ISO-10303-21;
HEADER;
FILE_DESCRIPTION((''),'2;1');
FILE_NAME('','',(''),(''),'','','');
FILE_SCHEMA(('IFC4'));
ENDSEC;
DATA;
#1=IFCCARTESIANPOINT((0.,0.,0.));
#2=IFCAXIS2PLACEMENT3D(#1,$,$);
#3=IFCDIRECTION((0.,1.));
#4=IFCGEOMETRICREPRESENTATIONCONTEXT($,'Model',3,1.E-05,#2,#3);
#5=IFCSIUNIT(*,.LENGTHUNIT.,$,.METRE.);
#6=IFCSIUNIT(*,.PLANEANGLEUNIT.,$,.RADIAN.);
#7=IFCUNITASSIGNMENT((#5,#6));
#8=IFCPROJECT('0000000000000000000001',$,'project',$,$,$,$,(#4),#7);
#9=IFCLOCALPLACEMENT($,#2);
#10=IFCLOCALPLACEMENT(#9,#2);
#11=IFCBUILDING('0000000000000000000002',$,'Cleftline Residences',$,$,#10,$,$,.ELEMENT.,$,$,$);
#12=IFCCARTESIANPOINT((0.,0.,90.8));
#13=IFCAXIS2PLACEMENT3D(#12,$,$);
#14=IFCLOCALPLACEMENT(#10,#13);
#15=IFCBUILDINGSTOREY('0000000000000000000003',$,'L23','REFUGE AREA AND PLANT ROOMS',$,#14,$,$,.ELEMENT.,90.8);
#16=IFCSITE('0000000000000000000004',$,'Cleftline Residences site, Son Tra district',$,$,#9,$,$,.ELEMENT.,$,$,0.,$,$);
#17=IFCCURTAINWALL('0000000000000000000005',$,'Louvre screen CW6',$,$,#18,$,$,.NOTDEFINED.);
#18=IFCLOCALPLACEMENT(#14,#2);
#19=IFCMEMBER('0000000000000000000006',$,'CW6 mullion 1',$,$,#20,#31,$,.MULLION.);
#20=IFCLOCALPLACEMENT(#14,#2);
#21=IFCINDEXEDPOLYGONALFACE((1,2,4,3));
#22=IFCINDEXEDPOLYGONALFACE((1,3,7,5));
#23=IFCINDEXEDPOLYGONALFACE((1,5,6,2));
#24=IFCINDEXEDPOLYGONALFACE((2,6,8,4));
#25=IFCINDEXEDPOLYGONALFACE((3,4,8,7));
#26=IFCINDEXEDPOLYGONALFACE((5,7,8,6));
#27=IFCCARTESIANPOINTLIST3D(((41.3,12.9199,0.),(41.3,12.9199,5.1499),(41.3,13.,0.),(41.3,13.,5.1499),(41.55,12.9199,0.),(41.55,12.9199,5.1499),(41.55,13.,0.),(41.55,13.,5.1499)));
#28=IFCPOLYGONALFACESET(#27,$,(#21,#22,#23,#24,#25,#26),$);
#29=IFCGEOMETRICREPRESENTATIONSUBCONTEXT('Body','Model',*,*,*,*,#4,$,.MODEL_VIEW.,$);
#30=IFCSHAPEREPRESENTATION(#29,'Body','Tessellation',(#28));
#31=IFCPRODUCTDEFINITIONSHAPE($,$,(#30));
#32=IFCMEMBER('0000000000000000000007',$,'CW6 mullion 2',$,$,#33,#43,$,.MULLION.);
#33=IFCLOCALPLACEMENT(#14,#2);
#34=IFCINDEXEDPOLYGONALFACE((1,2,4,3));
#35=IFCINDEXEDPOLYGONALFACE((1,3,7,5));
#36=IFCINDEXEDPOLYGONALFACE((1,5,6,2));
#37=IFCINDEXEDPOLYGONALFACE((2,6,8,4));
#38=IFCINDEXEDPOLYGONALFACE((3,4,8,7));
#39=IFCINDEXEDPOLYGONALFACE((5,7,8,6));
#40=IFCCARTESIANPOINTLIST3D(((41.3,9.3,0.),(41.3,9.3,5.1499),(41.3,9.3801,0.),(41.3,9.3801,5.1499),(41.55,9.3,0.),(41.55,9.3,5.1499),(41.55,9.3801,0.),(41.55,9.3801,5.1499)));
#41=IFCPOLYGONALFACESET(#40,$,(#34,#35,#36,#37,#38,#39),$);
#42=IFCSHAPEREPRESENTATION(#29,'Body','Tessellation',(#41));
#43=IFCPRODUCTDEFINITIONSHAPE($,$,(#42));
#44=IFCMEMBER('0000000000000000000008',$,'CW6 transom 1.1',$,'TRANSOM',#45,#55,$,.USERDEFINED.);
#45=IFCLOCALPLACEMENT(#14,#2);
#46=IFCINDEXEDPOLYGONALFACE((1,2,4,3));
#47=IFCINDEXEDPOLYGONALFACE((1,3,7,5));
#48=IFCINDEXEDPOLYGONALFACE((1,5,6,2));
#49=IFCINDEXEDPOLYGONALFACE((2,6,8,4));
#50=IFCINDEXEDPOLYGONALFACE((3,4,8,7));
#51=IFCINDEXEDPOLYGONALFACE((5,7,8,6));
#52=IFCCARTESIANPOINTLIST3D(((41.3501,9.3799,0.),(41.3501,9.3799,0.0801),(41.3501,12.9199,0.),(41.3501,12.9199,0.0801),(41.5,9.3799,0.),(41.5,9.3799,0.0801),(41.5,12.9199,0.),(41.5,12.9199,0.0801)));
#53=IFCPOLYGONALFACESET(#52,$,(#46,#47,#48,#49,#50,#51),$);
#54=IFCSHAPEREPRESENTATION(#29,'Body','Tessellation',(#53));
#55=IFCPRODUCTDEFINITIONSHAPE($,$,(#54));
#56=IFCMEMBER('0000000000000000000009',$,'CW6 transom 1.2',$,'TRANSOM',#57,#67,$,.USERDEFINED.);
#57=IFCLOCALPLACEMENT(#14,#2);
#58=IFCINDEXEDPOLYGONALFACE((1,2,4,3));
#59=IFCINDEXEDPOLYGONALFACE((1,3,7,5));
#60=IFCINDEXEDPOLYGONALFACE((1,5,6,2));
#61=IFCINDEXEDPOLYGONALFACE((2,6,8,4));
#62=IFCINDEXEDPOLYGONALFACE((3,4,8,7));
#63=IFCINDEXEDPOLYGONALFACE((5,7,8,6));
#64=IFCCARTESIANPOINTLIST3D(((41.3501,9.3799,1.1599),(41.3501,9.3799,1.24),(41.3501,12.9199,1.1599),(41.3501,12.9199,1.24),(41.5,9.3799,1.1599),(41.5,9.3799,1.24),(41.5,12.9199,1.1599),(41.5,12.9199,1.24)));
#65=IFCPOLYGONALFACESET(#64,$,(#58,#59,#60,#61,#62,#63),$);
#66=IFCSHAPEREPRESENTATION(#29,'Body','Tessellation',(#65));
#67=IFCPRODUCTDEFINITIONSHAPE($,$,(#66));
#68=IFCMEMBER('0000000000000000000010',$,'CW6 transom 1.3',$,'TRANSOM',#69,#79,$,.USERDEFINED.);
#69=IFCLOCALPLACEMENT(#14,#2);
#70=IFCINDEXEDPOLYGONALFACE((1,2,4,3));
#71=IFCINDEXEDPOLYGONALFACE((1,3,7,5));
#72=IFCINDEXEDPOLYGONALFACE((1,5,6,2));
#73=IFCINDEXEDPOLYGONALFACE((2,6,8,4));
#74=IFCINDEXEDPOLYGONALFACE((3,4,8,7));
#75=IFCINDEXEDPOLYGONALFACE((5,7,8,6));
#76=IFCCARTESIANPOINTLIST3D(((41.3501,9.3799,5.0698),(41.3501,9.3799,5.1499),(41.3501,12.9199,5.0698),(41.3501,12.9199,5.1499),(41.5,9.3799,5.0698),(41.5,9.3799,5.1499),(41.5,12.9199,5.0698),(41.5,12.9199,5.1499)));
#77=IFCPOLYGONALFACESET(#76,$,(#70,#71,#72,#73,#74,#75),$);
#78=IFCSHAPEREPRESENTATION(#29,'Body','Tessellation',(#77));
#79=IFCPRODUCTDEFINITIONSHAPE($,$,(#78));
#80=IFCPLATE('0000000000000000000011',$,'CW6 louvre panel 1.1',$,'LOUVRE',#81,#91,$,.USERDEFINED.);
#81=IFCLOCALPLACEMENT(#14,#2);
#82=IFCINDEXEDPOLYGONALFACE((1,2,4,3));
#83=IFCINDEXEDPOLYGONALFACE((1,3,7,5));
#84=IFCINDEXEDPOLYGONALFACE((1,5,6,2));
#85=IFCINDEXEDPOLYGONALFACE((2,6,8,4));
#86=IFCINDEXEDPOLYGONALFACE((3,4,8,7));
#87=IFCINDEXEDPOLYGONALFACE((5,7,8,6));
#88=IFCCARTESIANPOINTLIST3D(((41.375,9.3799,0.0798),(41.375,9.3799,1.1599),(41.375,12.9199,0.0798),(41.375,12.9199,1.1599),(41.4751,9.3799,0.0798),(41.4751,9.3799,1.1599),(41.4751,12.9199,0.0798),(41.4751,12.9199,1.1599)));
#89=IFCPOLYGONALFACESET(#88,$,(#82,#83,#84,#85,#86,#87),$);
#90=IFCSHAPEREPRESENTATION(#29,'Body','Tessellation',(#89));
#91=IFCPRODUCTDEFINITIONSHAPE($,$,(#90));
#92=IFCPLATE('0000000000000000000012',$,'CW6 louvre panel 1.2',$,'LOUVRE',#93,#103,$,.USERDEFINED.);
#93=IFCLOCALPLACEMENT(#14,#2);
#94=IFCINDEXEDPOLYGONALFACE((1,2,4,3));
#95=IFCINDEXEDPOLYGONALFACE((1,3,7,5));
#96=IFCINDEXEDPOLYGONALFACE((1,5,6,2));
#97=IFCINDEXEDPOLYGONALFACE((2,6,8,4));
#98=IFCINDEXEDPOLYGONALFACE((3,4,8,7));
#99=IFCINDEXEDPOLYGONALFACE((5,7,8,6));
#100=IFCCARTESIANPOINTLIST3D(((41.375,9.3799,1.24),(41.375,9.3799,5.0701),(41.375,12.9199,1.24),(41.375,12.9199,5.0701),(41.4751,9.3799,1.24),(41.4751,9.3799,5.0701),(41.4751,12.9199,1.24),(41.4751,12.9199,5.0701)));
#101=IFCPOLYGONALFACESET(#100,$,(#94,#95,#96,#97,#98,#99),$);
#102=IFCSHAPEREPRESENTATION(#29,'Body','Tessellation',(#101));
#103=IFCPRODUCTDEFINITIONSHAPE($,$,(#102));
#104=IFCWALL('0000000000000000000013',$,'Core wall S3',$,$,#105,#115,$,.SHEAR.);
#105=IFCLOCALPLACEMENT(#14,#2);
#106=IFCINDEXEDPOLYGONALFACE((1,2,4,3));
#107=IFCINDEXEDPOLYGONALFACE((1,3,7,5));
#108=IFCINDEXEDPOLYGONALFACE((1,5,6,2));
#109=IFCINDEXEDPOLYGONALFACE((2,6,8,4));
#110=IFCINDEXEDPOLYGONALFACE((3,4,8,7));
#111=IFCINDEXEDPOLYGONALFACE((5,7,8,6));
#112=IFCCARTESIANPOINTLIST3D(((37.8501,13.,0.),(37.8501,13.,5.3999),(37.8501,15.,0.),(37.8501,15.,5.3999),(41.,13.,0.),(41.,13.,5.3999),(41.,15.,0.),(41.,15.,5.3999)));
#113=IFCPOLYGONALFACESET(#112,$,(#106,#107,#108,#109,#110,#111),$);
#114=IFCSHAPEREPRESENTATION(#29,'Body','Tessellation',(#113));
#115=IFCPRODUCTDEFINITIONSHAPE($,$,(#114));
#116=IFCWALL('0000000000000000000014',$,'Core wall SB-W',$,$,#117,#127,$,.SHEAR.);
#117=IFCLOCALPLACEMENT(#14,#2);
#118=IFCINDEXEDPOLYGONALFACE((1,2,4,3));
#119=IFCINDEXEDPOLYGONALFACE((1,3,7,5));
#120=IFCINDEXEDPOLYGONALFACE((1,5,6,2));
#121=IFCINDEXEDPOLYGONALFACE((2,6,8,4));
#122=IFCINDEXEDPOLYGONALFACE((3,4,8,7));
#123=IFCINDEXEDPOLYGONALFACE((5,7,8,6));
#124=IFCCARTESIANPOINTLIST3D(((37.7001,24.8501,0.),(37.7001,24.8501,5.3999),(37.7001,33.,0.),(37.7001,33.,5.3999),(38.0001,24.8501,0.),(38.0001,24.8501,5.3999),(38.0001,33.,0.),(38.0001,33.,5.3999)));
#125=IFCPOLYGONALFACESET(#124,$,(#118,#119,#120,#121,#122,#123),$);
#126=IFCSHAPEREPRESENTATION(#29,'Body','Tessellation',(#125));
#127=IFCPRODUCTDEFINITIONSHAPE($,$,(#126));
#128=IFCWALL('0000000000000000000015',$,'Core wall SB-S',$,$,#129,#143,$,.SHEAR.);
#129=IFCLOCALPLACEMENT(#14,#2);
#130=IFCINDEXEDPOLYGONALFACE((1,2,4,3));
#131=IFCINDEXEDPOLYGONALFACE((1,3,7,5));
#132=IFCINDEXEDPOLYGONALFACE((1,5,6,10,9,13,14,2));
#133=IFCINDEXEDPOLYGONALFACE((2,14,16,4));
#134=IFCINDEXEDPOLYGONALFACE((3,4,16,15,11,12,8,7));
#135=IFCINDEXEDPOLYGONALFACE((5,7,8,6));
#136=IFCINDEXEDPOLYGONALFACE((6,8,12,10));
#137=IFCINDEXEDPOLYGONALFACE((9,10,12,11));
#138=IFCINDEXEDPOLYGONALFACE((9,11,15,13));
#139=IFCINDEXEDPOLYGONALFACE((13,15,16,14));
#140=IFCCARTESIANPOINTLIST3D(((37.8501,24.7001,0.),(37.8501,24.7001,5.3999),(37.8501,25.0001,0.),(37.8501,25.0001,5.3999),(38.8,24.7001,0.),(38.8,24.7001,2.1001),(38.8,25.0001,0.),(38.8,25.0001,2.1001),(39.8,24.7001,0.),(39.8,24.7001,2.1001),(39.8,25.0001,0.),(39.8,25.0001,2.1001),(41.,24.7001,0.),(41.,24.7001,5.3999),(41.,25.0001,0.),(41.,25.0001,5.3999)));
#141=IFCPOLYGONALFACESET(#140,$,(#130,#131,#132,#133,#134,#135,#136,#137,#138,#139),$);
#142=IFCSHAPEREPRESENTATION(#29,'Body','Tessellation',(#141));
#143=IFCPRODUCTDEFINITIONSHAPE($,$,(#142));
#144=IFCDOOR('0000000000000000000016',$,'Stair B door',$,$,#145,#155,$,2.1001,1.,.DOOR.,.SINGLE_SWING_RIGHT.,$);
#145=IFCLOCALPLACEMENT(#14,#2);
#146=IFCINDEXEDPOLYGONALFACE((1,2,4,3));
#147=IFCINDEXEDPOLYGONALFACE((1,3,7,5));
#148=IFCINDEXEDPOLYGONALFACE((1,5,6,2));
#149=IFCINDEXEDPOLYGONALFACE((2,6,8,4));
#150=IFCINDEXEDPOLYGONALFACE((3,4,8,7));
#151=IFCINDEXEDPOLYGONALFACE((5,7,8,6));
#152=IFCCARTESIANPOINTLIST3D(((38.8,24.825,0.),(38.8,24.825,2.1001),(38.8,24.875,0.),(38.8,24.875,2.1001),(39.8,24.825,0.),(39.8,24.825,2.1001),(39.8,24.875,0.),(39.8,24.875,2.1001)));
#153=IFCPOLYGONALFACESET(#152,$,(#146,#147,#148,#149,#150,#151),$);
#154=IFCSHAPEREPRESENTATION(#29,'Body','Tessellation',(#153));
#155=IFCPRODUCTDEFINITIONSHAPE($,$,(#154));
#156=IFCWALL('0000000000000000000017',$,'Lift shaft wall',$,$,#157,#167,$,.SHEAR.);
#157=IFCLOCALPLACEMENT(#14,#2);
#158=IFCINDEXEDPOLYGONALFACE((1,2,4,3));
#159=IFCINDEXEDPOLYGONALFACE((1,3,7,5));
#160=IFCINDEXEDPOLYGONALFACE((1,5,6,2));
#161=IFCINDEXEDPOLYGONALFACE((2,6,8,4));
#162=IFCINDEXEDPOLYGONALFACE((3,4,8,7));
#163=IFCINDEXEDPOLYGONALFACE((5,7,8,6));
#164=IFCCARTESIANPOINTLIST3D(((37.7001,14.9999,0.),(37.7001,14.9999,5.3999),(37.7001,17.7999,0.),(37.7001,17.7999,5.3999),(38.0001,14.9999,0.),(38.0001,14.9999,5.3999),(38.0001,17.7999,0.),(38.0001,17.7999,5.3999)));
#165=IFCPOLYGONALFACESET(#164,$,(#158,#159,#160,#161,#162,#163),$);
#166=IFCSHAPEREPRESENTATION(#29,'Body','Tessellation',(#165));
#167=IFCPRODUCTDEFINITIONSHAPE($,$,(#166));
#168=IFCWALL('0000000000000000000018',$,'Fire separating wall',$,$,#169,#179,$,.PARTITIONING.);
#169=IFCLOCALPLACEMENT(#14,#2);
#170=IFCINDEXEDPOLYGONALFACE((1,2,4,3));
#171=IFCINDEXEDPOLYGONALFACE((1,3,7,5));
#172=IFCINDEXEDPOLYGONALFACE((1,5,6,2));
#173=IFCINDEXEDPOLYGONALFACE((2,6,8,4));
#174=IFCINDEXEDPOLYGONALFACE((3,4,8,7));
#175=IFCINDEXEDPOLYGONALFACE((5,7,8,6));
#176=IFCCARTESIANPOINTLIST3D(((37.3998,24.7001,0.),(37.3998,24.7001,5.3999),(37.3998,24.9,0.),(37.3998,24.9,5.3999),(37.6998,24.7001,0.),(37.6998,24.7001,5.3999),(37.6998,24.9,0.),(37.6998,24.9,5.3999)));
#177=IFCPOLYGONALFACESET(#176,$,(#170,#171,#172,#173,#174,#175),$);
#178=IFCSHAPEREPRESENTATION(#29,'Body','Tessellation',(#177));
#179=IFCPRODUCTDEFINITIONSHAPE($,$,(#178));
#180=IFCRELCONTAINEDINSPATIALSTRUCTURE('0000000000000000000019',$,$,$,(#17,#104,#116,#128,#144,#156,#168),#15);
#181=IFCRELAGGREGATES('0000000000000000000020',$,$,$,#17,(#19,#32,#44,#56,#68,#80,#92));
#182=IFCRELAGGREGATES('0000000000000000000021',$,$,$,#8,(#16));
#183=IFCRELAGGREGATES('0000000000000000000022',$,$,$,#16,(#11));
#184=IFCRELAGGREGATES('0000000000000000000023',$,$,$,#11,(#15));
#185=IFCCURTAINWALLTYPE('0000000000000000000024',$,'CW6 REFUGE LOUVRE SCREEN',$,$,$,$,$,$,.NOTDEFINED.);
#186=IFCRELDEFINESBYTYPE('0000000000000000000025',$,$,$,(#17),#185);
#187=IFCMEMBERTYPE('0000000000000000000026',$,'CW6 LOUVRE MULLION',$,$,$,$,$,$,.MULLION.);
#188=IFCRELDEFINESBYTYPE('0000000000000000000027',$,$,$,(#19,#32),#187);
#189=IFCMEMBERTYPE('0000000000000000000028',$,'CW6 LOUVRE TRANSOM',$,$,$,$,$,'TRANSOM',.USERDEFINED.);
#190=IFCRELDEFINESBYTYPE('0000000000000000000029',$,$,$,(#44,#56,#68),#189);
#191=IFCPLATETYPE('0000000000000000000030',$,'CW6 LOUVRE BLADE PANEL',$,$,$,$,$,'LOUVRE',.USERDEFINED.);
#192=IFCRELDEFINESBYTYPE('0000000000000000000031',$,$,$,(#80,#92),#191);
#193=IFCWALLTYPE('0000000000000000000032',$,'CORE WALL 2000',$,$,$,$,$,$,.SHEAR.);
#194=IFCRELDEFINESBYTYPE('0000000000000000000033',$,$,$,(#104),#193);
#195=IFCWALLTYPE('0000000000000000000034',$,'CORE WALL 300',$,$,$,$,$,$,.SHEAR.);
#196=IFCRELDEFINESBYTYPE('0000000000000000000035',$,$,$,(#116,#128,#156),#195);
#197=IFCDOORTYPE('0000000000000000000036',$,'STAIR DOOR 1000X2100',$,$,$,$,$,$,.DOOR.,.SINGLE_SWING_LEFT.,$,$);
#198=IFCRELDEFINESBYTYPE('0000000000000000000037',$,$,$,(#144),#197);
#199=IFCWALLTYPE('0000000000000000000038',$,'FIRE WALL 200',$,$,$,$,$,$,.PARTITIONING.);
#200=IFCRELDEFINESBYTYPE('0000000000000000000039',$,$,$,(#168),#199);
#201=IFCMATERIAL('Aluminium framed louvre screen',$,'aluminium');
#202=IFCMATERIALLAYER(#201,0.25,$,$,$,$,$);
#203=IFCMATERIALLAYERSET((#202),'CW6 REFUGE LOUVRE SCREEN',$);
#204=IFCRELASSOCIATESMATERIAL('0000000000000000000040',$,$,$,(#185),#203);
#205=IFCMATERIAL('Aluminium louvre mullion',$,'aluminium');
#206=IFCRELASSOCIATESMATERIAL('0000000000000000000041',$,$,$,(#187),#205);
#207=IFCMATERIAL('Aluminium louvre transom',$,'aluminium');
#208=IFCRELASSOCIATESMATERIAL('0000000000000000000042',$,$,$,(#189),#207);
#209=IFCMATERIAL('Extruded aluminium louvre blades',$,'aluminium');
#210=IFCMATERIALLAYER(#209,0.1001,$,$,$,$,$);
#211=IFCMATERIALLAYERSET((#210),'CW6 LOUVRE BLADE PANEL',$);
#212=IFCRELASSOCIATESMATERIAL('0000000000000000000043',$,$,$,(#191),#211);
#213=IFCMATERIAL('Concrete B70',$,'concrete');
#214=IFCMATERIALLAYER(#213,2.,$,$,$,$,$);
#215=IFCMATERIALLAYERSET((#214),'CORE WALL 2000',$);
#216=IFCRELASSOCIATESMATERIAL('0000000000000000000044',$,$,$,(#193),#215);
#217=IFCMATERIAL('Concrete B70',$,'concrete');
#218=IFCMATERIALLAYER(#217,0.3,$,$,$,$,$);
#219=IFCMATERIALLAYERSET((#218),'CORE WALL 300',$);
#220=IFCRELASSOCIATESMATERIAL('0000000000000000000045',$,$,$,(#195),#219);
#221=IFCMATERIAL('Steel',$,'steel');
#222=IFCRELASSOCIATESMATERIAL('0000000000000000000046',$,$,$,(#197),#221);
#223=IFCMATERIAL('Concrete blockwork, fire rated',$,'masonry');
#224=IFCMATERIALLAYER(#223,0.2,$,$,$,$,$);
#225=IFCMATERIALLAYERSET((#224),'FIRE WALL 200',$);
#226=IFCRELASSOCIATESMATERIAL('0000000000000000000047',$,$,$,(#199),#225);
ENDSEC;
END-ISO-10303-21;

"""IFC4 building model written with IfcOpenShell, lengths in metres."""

from ifc_helpers import new_model, si_unit, direction, frame, frame_2d, origin, origin_2d, place, context, subcontext, project, spatial, rectangle, extrude, material, layer, layer_set, material_profile, profile_set, type_object, element, fill, aggregate, save


model = new_model("IFC4")

# Units and contexts
model_context = context("Model", 3, precision=1e-05, world=origin(), true_north=direction((0.0, 1.0)))
body_context = subcontext(model_context, "Body", "Model", "MODEL_VIEW")
ifc_project = project(units=[si_unit("LENGTHUNIT", "METRE"), si_unit("PLANEANGLEUNIT", "RADIAN")], contexts=[model_context])

# Site, building, storey
site_placement = place(None, origin())
site = spatial("IfcSite", under=ifc_project, at=site_placement, Name="Cleftline Residences site, Son Tra district", CompositionType="ELEMENT", RefElevation=0.0)
building_placement = place(site_placement, origin())
building = spatial("IfcBuilding", under=site, at=building_placement, Name="Cleftline Residences", CompositionType="ELEMENT")
storey_placement = place(building_placement, frame((0.0, 0.0, 90.8)))
storey = spatial("IfcBuildingStorey", under=building, at=storey_placement, Name="L23", Description="REFUGE AREA AND PLANT ROOMS", CompositionType="ELEMENT", Elevation=90.8)

# Curtain wall, members, plates
ifc_material_1 = material(Name="Aluminium framed louvre screen", Category="aluminium")
ifc_layer_1 = layer(ifc_material_1, 0.25)
ifc_layer_set_1 = layer_set([ifc_layer_1], Name="CW6 REFUGE LOUVRE SCREEN")
curtain_wall_type = type_object("IfcCurtainWallType", Name="CW6 REFUGE LOUVRE SCREEN", PredefinedType="NOTDEFINED", material=ifc_layer_set_1)
curtain_wall_placement = place(storey_placement, origin())
curtain_wall = element("IfcCurtainWall", 1, at=curtain_wall_placement, inside=storey, type_object=curtain_wall_type, Name="Louvre screen CW6", PredefinedType="NOTDEFINED")
ifc_material_2 = material(Name="Aluminium louvre mullion", Category="aluminium")
ifc_material_profile_1 = material_profile(ifc_material_2, rectangle(XDim=0.25, YDim=0.0801, at=origin_2d()))
ifc_profile_set_1 = profile_set([ifc_material_profile_1], Name="Aluminium louvre mullion")
member_type_1 = type_object("IfcMemberType", Name="CW6 LOUVRE MULLION", PredefinedType="MULLION", material=ifc_profile_set_1)
member_1_placement = place(storey_placement, frame((41.425, 12.96, 0.0), z_axis=(0.0, 0.0, 1.0), x_axis=(1.0, 0.0, 0.0)))
member_1 = element("IfcMember", 2, at=member_1_placement, type_object=member_type_1, Name="CW6 mullion 1", PredefinedType="MULLION", context=body_context, shape_type="SweptSolid", body=[
    extrude(rectangle(XDim=0.25, YDim=0.0801, at=origin_2d()), origin(), (0.0, 0.0, 1.0), 5.1499),
])
member_2_placement = place(storey_placement, frame((41.425, 9.3401, 0.0), z_axis=(0.0, 0.0, 1.0), x_axis=(1.0, 0.0, 0.0)))
member_2 = element("IfcMember", 3, at=member_2_placement, type_object=member_type_1, Name="CW6 mullion 2", PredefinedType="MULLION", context=body_context, shape_type="SweptSolid", body=[
    extrude(rectangle(XDim=0.25, YDim=0.0801, at=origin_2d()), origin(), (0.0, 0.0, 1.0), 5.1499),
])
ifc_material_3 = material(Name="Aluminium louvre transom", Category="aluminium")
ifc_material_profile_2 = material_profile(ifc_material_3, rectangle(XDim=0.1499, YDim=0.0801, at=origin_2d()))
ifc_profile_set_2 = profile_set([ifc_material_profile_2], Name="Aluminium louvre transom")
member_type_2 = type_object("IfcMemberType", Name="CW6 LOUVRE TRANSOM", ElementType="TRANSOM", PredefinedType="USERDEFINED", material=ifc_profile_set_2)
member_3_placement = place(storey_placement, frame((41.425, 12.9199, 0.04), z_axis=(0.0, -1.0, 0.0), x_axis=(1.0, 0.0, 0.0)))
member_3 = element("IfcMember", 4, at=member_3_placement, type_object=member_type_2, Name="CW6 transom 1.1", ObjectType="TRANSOM", PredefinedType="USERDEFINED", context=body_context, shape_type="SweptSolid", body=[
    extrude(rectangle(XDim=0.1499, YDim=0.0801, at=origin_2d()), origin(), (0.0, 0.0, 1.0), 3.54),
])
member_4_placement = place(storey_placement, frame((41.425, 12.9199, 1.2), z_axis=(0.0, -1.0, 0.0), x_axis=(1.0, 0.0, 0.0)))
member_4 = element("IfcMember", 5, at=member_4_placement, type_object=member_type_2, Name="CW6 transom 1.2", ObjectType="TRANSOM", PredefinedType="USERDEFINED", context=body_context, shape_type="SweptSolid", body=[
    extrude(rectangle(XDim=0.1499, YDim=0.0801, at=origin_2d()), origin(), (0.0, 0.0, 1.0), 3.54),
])
member_5_placement = place(storey_placement, frame((41.425, 12.9199, 5.1099), z_axis=(0.0, -1.0, 0.0), x_axis=(1.0, 0.0, 0.0)))
member_5 = element("IfcMember", 6, at=member_5_placement, type_object=member_type_2, Name="CW6 transom 1.3", ObjectType="TRANSOM", PredefinedType="USERDEFINED", context=body_context, shape_type="SweptSolid", body=[
    extrude(rectangle(XDim=0.1499, YDim=0.0801, at=origin_2d()), origin(), (0.0, 0.0, 1.0), 3.54),
])
ifc_material_4 = material(Name="Extruded aluminium louvre blades", Category="aluminium")
ifc_layer_2 = layer(ifc_material_4, 0.1001)
ifc_layer_set_2 = layer_set([ifc_layer_2], Name="CW6 LOUVRE BLADE PANEL")
plate_type = type_object("IfcPlateType", Name="CW6 LOUVRE BLADE PANEL", ElementType="LOUVRE", PredefinedType="USERDEFINED", material=ifc_layer_set_2)
plate_1_placement = place(storey_placement, frame((41.425, 11.1499, 0.0798), z_axis=(0.0, 0.0, 1.0), x_axis=(0.0, -1.0, 0.0)))
plate_1 = element("IfcPlate", 7, at=plate_1_placement, type_object=plate_type, Name="CW6 louvre panel 1.1", ObjectType="LOUVRE", PredefinedType="USERDEFINED", context=body_context, shape_type="SweptSolid", body=[
    extrude(rectangle(XDim=3.54, YDim=0.1001, at=origin_2d()), origin(), (0.0, 0.0, 1.0), 1.0801),
])
plate_2_placement = place(storey_placement, frame((41.425, 11.1499, 1.24), z_axis=(0.0, 0.0, 1.0), x_axis=(0.0, -1.0, 0.0)))
plate_2 = element("IfcPlate", 8, at=plate_2_placement, type_object=plate_type, Name="CW6 louvre panel 1.2", ObjectType="LOUVRE", PredefinedType="USERDEFINED", context=body_context, shape_type="SweptSolid", body=[
    extrude(rectangle(XDim=3.54, YDim=0.1001, at=origin_2d()), origin(), (0.0, 0.0, 1.0), 3.8301),
])
aggregate(curtain_wall, [member_1, member_2, member_3, member_4, member_5, plate_1, plate_2])

# Walls
ifc_material_5 = material(Name="Concrete B70", Category="concrete")
ifc_layer_3 = layer(ifc_material_5, 2.0)
ifc_layer_set_3 = layer_set([ifc_layer_3], Name="CORE WALL 2000")
wall_type_1 = type_object("IfcWallType", Name="CORE WALL 2000", PredefinedType="SHEAR", material=ifc_layer_set_3)
wall_1_placement = place(storey_placement, frame((37.8501, 14.0, 0.0), z_axis=(0.0, 0.0, 1.0), x_axis=(1.0, 0.0, 0.0)))
element("IfcWall", 9, at=wall_1_placement, inside=storey, type_object=wall_type_1, Name="Core wall S3", PredefinedType="SHEAR", context=body_context, shape_type="SweptSolid", body=[
    extrude(rectangle(XDim=3.1499, YDim=2.0, at=frame_2d((1.575, 0.0))), origin(), (0.0, 0.0, 1.0), 5.3999),
])
ifc_material_6 = material(Name="Concrete B70", Category="concrete")
ifc_layer_4 = layer(ifc_material_6, 0.3)
ifc_layer_set_4 = layer_set([ifc_layer_4], Name="CORE WALL 300")
wall_type_2 = type_object("IfcWallType", Name="CORE WALL 300", PredefinedType="SHEAR", material=ifc_layer_set_4)
wall_2_placement = place(storey_placement, frame((37.8501, 24.8501, 0.0), z_axis=(0.0, 0.0, 1.0), x_axis=(0.0, 1.0, 0.0)))
element("IfcWall", 10, at=wall_2_placement, inside=storey, type_object=wall_type_2, Name="Core wall SB-W", PredefinedType="SHEAR", context=body_context, shape_type="SweptSolid", body=[
    extrude(rectangle(XDim=8.1499, YDim=0.3, at=frame_2d((4.075, 0.0))), origin(), (0.0, 0.0, 1.0), 5.3999),
])

# Wall, opening, door
wall_3_placement = place(storey_placement, frame((37.8501, 24.8501, 0.0), z_axis=(0.0, 0.0, 1.0), x_axis=(1.0, 0.0, 0.0)))
wall_3 = element("IfcWall", 11, at=wall_3_placement, inside=storey, type_object=wall_type_2, Name="Core wall SB-S", PredefinedType="SHEAR", context=body_context, shape_type="SweptSolid", body=[
    extrude(rectangle(XDim=3.1499, YDim=0.3, at=frame_2d((1.575, 0.0))), origin(), (0.0, 0.0, 1.0), 5.3999),
])
opening_1_placement = place(wall_3_placement, frame((0.95, 0.0, 0.0)))
opening_1 = element("IfcOpeningElement", 12, at=opening_1_placement, cuts=wall_3, PredefinedType="OPENING", context=body_context, shape_type="SweptSolid", body=[
    extrude(rectangle(XDim=1.0, YDim=2.1001, at=frame_2d((0.5, 1.05))), frame((0.0, 0.1599, 0.0), z_axis=(0.0, -1.0, 0.0), x_axis=(1.0, 0.0, 0.0)), (0.0, 0.0, 1.0), 0.3201),
])
ifc_material_7 = material(Name="Steel", Category="steel")
door_type_1 = type_object("IfcDoorType", Name="STAIR DOOR 1000X2100", OperationType="SINGLE_SWING_LEFT", PredefinedType="DOOR", material=ifc_material_7)
door_1_placement = place(opening_1_placement, origin())
door_1 = element("IfcDoor", 13, at=door_1_placement, inside=storey, type_object=door_type_1, Name="Stair B door", OperationType="SINGLE_SWING_RIGHT", OverallHeight=2.1001, OverallWidth=1.0, PredefinedType="DOOR", context=body_context, shape_type="SweptSolid", body=[
    extrude(rectangle(XDim=1.0, YDim=2.1001, at=frame_2d((0.5, 1.05))), frame((0.0, 0.0249, 0.0), z_axis=(0.0, -1.0, 0.0), x_axis=(1.0, 0.0, 0.0)), (0.0, 0.0, 1.0), 0.05),
])
fill(opening_1, door_1)

# Walls
wall_4_placement = place(storey_placement, frame((37.8501, 15.0, 0.0), z_axis=(0.0, 0.0, 1.0), x_axis=(0.0, 1.0, 0.0)))
element("IfcWall", 14, at=wall_4_placement, inside=storey, type_object=wall_type_2, Name="Lift shaft wall", PredefinedType="SHEAR", context=body_context, shape_type="SweptSolid", body=[
    extrude(rectangle(XDim=2.8, YDim=0.3, at=frame_2d((1.3999, 0.0))), origin(), (0.0, 0.0, 1.0), 5.3999),
])
ifc_material_8 = material(Name="Concrete blockwork, fire rated", Category="masonry")
ifc_layer_5 = layer(ifc_material_8, 0.2)
ifc_layer_set_5 = layer_set([ifc_layer_5], Name="FIRE WALL 200")
wall_type_3 = type_object("IfcWallType", Name="FIRE WALL 200", PredefinedType="PARTITIONING", material=ifc_layer_set_5)
wall_5_placement = place(storey_placement, frame((37.3999, 24.8, 0.0), z_axis=(0.0, 0.0, 1.0), x_axis=(1.0, 0.0, 0.0)))
element("IfcWall", 15, at=wall_5_placement, inside=storey, type_object=wall_type_3, Name="Fire separating wall", PredefinedType="PARTITIONING", context=body_context, shape_type="SweptSolid", body=[
    extrude(rectangle(XDim=0.3, YDim=0.2, at=frame_2d((0.1499, 0.0))), origin(), (0.0, 0.0, 1.0), 5.3999),
])

save(model, "model.ifc")
